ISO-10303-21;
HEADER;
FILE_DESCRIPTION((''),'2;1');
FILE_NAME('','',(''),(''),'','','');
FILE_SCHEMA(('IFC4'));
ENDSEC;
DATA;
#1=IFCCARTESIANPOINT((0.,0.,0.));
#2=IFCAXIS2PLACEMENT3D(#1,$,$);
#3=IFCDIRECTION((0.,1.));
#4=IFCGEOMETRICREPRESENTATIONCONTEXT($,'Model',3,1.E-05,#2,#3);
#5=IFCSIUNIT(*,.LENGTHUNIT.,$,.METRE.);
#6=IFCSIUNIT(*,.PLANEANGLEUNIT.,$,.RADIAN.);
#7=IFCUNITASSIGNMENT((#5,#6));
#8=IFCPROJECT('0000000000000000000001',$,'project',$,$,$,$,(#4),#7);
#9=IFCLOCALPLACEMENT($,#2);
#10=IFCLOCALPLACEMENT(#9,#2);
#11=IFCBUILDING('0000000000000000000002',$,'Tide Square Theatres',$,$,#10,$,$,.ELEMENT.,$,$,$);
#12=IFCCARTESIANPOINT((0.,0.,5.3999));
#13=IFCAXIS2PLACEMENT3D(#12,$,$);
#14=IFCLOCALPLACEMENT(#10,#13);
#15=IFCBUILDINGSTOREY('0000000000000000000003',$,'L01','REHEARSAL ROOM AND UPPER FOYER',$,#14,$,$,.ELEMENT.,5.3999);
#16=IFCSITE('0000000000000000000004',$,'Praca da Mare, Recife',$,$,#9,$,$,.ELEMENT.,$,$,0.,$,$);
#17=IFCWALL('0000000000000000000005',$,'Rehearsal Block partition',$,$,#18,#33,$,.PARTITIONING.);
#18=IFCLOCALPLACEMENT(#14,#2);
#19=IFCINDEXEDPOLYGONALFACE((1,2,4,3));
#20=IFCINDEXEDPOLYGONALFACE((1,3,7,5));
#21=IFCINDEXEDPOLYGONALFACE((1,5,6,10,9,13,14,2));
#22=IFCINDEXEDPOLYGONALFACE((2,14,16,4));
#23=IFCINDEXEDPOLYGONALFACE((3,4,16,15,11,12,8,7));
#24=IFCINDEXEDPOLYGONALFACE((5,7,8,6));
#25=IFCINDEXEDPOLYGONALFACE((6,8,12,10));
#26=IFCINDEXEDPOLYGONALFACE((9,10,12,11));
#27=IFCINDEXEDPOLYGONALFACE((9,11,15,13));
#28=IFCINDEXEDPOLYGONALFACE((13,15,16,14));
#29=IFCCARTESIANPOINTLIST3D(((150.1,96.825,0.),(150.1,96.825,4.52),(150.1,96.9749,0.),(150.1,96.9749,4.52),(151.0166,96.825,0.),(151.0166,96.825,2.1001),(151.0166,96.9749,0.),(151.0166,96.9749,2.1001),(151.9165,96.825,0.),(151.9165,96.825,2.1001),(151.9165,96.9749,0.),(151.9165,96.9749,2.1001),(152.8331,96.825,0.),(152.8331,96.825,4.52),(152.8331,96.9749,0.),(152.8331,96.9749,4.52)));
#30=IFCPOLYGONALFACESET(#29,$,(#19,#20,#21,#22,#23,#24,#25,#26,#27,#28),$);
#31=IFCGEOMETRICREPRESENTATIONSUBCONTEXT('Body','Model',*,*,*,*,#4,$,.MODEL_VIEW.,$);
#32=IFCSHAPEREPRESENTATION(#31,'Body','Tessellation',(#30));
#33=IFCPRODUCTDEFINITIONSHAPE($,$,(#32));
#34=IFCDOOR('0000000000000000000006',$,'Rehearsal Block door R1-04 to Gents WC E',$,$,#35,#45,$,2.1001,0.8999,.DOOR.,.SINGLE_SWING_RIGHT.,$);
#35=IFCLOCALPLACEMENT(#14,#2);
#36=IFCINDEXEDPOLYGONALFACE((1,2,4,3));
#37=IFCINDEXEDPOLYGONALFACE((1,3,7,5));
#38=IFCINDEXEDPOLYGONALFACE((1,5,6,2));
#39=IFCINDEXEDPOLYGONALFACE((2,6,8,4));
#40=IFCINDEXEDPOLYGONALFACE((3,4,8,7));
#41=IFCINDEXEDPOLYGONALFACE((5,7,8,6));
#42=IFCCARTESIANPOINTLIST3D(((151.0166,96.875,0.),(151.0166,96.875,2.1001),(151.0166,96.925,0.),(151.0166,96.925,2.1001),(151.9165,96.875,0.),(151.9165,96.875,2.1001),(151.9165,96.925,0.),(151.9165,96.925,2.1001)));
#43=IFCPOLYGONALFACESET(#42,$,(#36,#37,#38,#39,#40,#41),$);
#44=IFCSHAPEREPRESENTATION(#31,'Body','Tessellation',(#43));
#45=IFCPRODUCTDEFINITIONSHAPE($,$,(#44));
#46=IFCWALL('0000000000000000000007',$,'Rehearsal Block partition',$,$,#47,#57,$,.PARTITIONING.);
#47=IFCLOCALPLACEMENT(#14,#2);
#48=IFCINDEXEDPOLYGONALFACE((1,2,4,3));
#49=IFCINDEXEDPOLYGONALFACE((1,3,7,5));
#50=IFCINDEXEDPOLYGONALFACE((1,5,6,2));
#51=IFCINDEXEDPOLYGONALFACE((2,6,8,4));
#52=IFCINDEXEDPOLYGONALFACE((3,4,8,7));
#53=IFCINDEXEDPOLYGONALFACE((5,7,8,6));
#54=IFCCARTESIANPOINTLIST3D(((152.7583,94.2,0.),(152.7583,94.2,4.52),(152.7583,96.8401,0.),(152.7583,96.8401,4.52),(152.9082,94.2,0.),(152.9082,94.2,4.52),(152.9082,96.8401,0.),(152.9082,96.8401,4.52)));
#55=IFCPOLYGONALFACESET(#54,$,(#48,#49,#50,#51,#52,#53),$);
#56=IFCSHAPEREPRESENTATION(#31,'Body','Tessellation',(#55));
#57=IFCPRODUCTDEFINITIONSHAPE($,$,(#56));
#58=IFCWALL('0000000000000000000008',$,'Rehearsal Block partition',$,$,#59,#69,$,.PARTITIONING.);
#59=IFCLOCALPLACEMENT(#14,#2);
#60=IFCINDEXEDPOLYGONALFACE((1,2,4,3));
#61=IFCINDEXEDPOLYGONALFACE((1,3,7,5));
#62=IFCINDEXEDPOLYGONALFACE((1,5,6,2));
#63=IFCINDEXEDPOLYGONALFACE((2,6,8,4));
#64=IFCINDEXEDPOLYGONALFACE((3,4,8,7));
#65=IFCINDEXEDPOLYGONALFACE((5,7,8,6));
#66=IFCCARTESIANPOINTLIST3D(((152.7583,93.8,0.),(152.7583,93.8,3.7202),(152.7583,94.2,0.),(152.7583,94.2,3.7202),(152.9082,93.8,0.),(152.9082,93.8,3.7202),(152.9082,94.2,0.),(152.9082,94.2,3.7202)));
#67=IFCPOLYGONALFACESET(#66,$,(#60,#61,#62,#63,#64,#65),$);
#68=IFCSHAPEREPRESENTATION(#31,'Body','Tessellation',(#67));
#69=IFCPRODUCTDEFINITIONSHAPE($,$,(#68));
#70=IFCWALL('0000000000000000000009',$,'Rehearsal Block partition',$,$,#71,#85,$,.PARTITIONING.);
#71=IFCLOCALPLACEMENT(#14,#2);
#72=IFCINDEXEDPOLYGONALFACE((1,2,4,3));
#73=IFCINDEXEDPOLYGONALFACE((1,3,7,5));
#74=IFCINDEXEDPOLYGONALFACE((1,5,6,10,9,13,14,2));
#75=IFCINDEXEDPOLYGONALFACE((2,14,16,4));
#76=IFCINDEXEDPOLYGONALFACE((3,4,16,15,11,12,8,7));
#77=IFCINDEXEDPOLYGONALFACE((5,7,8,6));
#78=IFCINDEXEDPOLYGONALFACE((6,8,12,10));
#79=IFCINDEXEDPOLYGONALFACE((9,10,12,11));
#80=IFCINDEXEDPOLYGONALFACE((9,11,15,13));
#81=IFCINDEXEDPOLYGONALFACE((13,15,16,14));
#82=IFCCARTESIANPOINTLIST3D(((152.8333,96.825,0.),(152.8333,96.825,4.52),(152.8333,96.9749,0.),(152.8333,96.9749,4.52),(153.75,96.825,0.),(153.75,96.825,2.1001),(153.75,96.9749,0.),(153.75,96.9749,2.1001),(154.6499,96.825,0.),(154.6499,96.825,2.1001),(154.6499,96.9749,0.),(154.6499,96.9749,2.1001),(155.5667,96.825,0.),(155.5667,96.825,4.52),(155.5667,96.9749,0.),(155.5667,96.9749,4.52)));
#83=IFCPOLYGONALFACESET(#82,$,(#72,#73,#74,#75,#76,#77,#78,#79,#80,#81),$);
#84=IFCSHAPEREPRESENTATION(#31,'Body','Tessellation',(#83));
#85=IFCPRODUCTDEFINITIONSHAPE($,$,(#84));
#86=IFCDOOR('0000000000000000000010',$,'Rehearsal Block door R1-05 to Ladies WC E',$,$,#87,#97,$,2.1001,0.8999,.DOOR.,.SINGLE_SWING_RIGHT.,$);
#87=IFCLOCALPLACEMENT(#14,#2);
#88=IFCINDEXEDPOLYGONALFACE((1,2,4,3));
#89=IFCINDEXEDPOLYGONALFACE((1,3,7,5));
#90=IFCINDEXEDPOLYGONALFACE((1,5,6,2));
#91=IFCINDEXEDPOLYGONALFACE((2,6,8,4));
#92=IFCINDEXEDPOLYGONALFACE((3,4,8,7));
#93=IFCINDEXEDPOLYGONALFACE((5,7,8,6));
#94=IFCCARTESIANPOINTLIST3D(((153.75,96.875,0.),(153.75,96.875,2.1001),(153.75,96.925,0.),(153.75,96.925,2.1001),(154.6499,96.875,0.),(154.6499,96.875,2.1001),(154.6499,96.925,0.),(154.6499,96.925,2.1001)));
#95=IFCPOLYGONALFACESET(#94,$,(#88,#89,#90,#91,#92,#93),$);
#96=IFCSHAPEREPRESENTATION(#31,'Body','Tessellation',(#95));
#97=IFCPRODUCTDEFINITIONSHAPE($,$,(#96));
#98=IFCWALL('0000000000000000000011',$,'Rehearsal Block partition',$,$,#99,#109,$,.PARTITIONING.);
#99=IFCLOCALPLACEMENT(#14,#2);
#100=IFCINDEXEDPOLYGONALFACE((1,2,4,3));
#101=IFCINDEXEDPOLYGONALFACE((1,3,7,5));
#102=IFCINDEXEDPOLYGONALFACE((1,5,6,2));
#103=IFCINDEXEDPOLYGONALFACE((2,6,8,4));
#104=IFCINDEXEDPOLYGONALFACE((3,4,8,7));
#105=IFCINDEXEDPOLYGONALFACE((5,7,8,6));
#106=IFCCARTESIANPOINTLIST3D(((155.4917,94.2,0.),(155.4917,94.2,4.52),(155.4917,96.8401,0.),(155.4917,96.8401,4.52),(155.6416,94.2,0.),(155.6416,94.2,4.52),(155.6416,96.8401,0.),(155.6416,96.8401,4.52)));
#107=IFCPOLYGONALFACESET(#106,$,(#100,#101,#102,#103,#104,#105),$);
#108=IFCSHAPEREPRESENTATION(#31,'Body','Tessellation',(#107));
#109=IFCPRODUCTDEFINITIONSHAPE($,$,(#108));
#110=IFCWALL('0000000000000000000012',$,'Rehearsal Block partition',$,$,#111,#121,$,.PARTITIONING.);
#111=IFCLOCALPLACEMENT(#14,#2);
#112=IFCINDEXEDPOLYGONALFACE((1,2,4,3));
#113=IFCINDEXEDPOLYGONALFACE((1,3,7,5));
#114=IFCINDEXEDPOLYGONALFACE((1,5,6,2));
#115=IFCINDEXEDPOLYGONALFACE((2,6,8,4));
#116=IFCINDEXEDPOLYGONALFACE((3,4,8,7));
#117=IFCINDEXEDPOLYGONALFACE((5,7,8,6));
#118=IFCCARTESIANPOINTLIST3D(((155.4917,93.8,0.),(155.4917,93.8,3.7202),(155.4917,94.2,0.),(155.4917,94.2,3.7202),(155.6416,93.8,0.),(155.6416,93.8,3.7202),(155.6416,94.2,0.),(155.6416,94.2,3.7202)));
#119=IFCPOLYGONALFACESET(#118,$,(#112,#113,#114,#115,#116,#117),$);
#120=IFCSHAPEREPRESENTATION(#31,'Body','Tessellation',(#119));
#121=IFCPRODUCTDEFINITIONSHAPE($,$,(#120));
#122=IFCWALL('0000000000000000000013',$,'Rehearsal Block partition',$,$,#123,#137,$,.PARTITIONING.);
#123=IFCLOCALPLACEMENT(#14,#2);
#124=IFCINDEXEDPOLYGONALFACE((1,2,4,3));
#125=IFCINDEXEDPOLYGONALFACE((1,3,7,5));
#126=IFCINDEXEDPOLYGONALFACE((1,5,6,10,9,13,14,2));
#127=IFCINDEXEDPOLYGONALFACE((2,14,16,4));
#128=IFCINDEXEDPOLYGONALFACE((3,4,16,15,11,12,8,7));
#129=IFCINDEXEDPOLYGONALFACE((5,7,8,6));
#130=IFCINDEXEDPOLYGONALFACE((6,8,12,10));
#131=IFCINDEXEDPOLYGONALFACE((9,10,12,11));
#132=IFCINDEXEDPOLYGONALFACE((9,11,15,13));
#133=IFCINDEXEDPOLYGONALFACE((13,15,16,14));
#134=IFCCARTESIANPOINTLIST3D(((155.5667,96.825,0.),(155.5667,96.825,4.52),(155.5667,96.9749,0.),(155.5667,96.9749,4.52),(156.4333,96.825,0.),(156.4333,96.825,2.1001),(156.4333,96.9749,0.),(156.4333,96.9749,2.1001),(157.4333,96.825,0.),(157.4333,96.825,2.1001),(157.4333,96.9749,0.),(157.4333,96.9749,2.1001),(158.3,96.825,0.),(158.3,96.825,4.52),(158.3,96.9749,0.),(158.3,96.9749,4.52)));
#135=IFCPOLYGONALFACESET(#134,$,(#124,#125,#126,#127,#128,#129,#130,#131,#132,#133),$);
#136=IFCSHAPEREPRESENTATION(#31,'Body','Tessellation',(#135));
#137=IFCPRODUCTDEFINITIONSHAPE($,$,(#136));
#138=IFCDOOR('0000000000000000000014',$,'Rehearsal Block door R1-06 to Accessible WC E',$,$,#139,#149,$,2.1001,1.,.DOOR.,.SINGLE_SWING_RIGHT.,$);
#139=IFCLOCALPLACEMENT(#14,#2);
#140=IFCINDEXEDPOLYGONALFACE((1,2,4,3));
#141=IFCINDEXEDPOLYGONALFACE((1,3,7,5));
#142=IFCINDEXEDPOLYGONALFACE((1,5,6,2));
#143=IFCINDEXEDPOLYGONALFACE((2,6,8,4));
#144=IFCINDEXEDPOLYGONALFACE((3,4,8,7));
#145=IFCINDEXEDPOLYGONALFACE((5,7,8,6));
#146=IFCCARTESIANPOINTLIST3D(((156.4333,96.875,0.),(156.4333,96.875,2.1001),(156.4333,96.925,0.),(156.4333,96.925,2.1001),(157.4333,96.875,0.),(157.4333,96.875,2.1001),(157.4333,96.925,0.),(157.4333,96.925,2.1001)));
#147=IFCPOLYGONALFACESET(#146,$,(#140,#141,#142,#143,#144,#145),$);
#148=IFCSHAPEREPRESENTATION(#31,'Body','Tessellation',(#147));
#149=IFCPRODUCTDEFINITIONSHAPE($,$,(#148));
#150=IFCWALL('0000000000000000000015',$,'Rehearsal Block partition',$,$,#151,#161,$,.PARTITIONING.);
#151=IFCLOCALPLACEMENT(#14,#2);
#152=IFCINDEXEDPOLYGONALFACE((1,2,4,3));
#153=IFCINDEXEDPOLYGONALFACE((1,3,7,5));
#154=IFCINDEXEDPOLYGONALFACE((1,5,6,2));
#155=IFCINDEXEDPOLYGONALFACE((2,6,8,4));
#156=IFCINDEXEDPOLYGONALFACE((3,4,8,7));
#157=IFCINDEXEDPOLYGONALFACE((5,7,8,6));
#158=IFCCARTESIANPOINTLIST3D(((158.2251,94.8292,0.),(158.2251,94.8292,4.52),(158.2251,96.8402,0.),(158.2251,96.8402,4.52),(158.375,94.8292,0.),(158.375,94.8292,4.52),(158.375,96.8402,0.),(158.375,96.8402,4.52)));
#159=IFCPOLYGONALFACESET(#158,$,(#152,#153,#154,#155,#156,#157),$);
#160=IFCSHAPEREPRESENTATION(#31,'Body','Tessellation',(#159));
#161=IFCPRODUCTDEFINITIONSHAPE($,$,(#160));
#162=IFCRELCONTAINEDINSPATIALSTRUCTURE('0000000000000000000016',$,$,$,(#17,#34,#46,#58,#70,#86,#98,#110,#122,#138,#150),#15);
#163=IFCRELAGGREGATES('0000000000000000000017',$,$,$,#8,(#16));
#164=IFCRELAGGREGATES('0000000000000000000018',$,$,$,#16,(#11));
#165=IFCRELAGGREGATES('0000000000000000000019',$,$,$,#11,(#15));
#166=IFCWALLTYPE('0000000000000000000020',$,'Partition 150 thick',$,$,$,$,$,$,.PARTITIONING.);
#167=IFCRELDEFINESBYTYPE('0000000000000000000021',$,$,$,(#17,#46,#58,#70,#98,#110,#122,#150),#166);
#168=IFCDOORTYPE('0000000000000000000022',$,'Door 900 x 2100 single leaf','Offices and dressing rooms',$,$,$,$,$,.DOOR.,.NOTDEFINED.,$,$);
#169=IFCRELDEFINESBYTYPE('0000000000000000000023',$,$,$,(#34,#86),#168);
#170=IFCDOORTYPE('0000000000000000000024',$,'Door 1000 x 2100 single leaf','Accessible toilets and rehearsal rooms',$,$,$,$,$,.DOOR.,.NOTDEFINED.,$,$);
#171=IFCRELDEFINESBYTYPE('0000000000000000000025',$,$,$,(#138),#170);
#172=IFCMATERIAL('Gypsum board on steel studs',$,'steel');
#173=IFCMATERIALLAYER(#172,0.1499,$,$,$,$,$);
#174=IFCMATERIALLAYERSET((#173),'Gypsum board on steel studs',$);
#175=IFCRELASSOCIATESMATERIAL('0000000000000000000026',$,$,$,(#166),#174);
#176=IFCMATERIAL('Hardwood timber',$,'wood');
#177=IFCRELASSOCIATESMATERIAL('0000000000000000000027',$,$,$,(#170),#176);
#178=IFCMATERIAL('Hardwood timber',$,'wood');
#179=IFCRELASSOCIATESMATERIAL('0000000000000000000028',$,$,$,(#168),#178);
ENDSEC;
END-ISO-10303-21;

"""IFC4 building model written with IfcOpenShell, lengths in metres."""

from ifc_helpers import new_model, si_unit, direction, frame, frame_2d, origin, place, context, subcontext, project, spatial, rectangle, extrude, material, layer, layer_set, type_object, element, fill, save


model = new_model("IFC4")

# Units and contexts
model_context = context("Model", 3, precision=1e-05, world=origin(), true_north=direction((0.0, 1.0)))
body_context = subcontext(model_context, "Body", "Model", "MODEL_VIEW")
ifc_project = project(units=[si_unit("LENGTHUNIT", "METRE"), si_unit("PLANEANGLEUNIT", "RADIAN")], contexts=[model_context])

# Site, building, storey
site_placement = place(None, origin())
site = spatial("IfcSite", under=ifc_project, at=site_placement, Name="Praca da Mare, Recife", CompositionType="ELEMENT", RefElevation=0.0)
building_placement = place(site_placement, origin())
building = spatial("IfcBuilding", under=site, at=building_placement, Name="Tide Square Theatres", CompositionType="ELEMENT")
storey_placement = place(building_placement, frame((0.0, 0.0, 5.3999)))
storey = spatial("IfcBuildingStorey", under=building, at=storey_placement, Name="L01", Description="REHEARSAL ROOM AND UPPER FOYER", CompositionType="ELEMENT", Elevation=5.3999)

# Shared definitions
ifc_material_1 = material(Name="Gypsum board on steel studs", Category="steel")
ifc_layer_1 = layer(ifc_material_1, 0.1499)
ifc_layer_set_1 = layer_set([ifc_layer_1], Name="Gypsum board on steel studs")
wall_type_1 = type_object("IfcWallType", Name="Partition 150 thick", PredefinedType="PARTITIONING", material=ifc_layer_set_1)

# Shared definitions
ifc_material_2 = material(Name="Hardwood timber", Category="wood")
door_type_1 = type_object("IfcDoorType", Name="Door 1000 x 2100 single leaf", Description="Accessible toilets and rehearsal rooms", OperationType="NOTDEFINED", PredefinedType="DOOR", material=ifc_material_2)

# Wall, opening, door
wall_1_placement = place(storey_placement, frame((152.8333, 96.8999, 0.0), z_axis=(0.0, 0.0, 1.0), x_axis=(-1.0, 0.0, 0.0)))
wall_1 = element("IfcWall", 1, at=wall_1_placement, inside=storey, type_object=wall_type_1, Name="Rehearsal Block partition", PredefinedType="PARTITIONING", context=body_context, shape_type="SweptSolid", body=[
    extrude(rectangle(XDim=2.7332, YDim=0.1499, at=frame_2d((1.3667, 0.0))), origin(), (0.0, 0.0, 1.0), 4.52),
])
opening_1_placement = place(wall_1_placement, frame((0.9167, 0.0, 0.0)))
opening_1 = element("IfcOpeningElement", 2, at=opening_1_placement, cuts=wall_1, PredefinedType="OPENING", context=body_context, shape_type="SweptSolid", body=[
    extrude(rectangle(XDim=0.8999, YDim=2.1001, at=frame_2d((0.45, 1.05))), frame((0.0, 0.085, 0.0), z_axis=(0.0, -1.0, 0.0), x_axis=(1.0, 0.0, 0.0)), (0.0, 0.0, 1.0), 0.1699),
])
ifc_material_3 = material(Name="Hardwood timber", Category="wood")
door_type_2 = type_object("IfcDoorType", Name="Door 900 x 2100 single leaf", Description="Offices and dressing rooms", OperationType="NOTDEFINED", PredefinedType="DOOR", material=ifc_material_3)
door_1_placement = place(opening_1_placement, origin())
door_1 = element("IfcDoor", 3, at=door_1_placement, inside=storey, type_object=door_type_2, Name="Rehearsal Block door R1-04 to Gents WC E", OperationType="SINGLE_SWING_RIGHT", OverallHeight=2.1001, OverallWidth=0.8999, PredefinedType="DOOR", context=body_context, shape_type="SweptSolid", body=[
    extrude(rectangle(XDim=0.8999, YDim=2.1001, at=frame_2d((0.45, 1.05))), frame((0.0, 0.0249, 0.0), z_axis=(0.0, -1.0, 0.0), x_axis=(1.0, 0.0, 0.0)), (0.0, 0.0, 1.0), 0.05),
])
fill(opening_1, door_1)

# Walls
wall_2_placement = place(storey_placement, frame((152.8333, 96.8401, 0.0), z_axis=(0.0, 0.0, 1.0), x_axis=(0.0, -1.0, 0.0)))
element("IfcWall", 4, at=wall_2_placement, inside=storey, type_object=wall_type_1, Name="Rehearsal Block partition", PredefinedType="PARTITIONING", context=body_context, shape_type="SweptSolid", body=[
    extrude(rectangle(XDim=2.6401, YDim=0.1499, at=frame_2d((1.3201, 0.0))), origin(), (0.0, 0.0, 1.0), 4.52),
])
wall_3_placement = place(storey_placement, frame((152.8333, 94.2, 0.0), z_axis=(0.0, 0.0, 1.0), x_axis=(0.0, -1.0, 0.0)))
element("IfcWall", 5, at=wall_3_placement, inside=storey, type_object=wall_type_1, Name="Rehearsal Block partition", PredefinedType="PARTITIONING", context=body_context, shape_type="SweptSolid", body=[
    extrude(rectangle(XDim=0.3999, YDim=0.1499, at=frame_2d((0.2, 0.0))), origin(), (0.0, 0.0, 1.0), 3.7202),
])

# Wall, opening, door
wall_4_placement = place(storey_placement, frame((155.5667, 96.8999, 0.0), z_axis=(0.0, 0.0, 1.0), x_axis=(-1.0, 0.0, 0.0)))
wall_4 = element("IfcWall", 6, at=wall_4_placement, inside=storey, type_object=wall_type_1, Name="Rehearsal Block partition", PredefinedType="PARTITIONING", context=body_context, shape_type="SweptSolid", body=[
    extrude(rectangle(XDim=2.7334, YDim=0.1499, at=frame_2d((1.3667, 0.0))), origin(), (0.0, 0.0, 1.0), 4.52),
])
opening_2_placement = place(wall_4_placement, frame((0.9167, 0.0, 0.0)))
opening_2 = element("IfcOpeningElement", 7, at=opening_2_placement, cuts=wall_4, PredefinedType="OPENING", context=body_context, shape_type="SweptSolid", body=[
    extrude(rectangle(XDim=0.8999, YDim=2.1001, at=frame_2d((0.45, 1.05))), frame((0.0, 0.085, 0.0), z_axis=(0.0, -1.0, 0.0), x_axis=(1.0, 0.0, 0.0)), (0.0, 0.0, 1.0), 0.1699),
])
door_2_placement = place(opening_2_placement, origin())
door_2 = element("IfcDoor", 8, at=door_2_placement, inside=storey, type_object=door_type_2, Name="Rehearsal Block door R1-05 to Ladies WC E", OperationType="SINGLE_SWING_RIGHT", OverallHeight=2.1001, OverallWidth=0.8999, PredefinedType="DOOR", context=body_context, shape_type="SweptSolid", body=[
    extrude(rectangle(XDim=0.8999, YDim=2.1001, at=frame_2d((0.45, 1.05))), frame((0.0, 0.0249, 0.0), z_axis=(0.0, -1.0, 0.0), x_axis=(1.0, 0.0, 0.0)), (0.0, 0.0, 1.0), 0.05),
])
fill(opening_2, door_2)

# Walls
wall_5_placement = place(storey_placement, frame((155.5667, 96.8401, 0.0), z_axis=(0.0, 0.0, 1.0), x_axis=(0.0, -1.0, 0.0)))
element("IfcWall", 9, at=wall_5_placement, inside=storey, type_object=wall_type_1, Name="Rehearsal Block partition", PredefinedType="PARTITIONING", context=body_context, shape_type="SweptSolid", body=[
    extrude(rectangle(XDim=2.6401, YDim=0.1499, at=frame_2d((1.3201, 0.0))), origin(), (0.0, 0.0, 1.0), 4.52),
])
wall_6_placement = place(storey_placement, frame((155.5667, 94.2, 0.0), z_axis=(0.0, 0.0, 1.0), x_axis=(0.0, -1.0, 0.0)))
element("IfcWall", 10, at=wall_6_placement, inside=storey, type_object=wall_type_1, Name="Rehearsal Block partition", PredefinedType="PARTITIONING", context=body_context, shape_type="SweptSolid", body=[
    extrude(rectangle(XDim=0.3999, YDim=0.1499, at=frame_2d((0.2, 0.0))), origin(), (0.0, 0.0, 1.0), 3.7202),
])

# Wall, opening, door
wall_7_placement = place(storey_placement, frame((158.3, 96.8999, 0.0), z_axis=(0.0, 0.0, 1.0), x_axis=(-1.0, 0.0, 0.0)))
wall_7 = element("IfcWall", 11, at=wall_7_placement, inside=storey, type_object=wall_type_1, Name="Rehearsal Block partition", PredefinedType="PARTITIONING", context=body_context, shape_type="SweptSolid", body=[
    extrude(rectangle(XDim=2.7334, YDim=0.1499, at=frame_2d((1.3667, 0.0))), origin(), (0.0, 0.0, 1.0), 4.52),
])
opening_3_placement = place(wall_7_placement, frame((0.8667, 0.0, 0.0)))
opening_3 = element("IfcOpeningElement", 12, at=opening_3_placement, cuts=wall_7, PredefinedType="OPENING", context=body_context, shape_type="SweptSolid", body=[
    extrude(rectangle(XDim=1.0, YDim=2.1001, at=frame_2d((0.5, 1.05))), frame((0.0, 0.085, 0.0), z_axis=(0.0, -1.0, 0.0), x_axis=(1.0, 0.0, 0.0)), (0.0, 0.0, 1.0), 0.1699),
])
door_3_placement = place(opening_3_placement, origin())
door_3 = element("IfcDoor", 13, at=door_3_placement, inside=storey, type_object=door_type_1, Name="Rehearsal Block door R1-06 to Accessible WC E", OperationType="SINGLE_SWING_RIGHT", OverallHeight=2.1001, OverallWidth=1.0, PredefinedType="DOOR", context=body_context, shape_type="SweptSolid", body=[
    extrude(rectangle(XDim=1.0, YDim=2.1001, at=frame_2d((0.5, 1.05))), frame((0.0, 0.0249, 0.0), z_axis=(0.0, -1.0, 0.0), x_axis=(1.0, 0.0, 0.0)), (0.0, 0.0, 1.0), 0.05),
])
fill(opening_3, door_3)

# Wall
wall_8_placement = place(storey_placement, frame((158.3, 96.8401, 0.0), z_axis=(0.0, 0.0, 1.0), x_axis=(0.0, -1.0, 0.0)))
element("IfcWall", 14, at=wall_8_placement, inside=storey, type_object=wall_type_1, Name="Rehearsal Block partition", PredefinedType="PARTITIONING", context=body_context, shape_type="SweptSolid", body=[
    extrude(rectangle(XDim=2.011, YDim=0.1499, at=frame_2d((1.0054, 0.0))), origin(), (0.0, 0.0, 1.0), 4.52),
])

save(model, "model.ifc")
